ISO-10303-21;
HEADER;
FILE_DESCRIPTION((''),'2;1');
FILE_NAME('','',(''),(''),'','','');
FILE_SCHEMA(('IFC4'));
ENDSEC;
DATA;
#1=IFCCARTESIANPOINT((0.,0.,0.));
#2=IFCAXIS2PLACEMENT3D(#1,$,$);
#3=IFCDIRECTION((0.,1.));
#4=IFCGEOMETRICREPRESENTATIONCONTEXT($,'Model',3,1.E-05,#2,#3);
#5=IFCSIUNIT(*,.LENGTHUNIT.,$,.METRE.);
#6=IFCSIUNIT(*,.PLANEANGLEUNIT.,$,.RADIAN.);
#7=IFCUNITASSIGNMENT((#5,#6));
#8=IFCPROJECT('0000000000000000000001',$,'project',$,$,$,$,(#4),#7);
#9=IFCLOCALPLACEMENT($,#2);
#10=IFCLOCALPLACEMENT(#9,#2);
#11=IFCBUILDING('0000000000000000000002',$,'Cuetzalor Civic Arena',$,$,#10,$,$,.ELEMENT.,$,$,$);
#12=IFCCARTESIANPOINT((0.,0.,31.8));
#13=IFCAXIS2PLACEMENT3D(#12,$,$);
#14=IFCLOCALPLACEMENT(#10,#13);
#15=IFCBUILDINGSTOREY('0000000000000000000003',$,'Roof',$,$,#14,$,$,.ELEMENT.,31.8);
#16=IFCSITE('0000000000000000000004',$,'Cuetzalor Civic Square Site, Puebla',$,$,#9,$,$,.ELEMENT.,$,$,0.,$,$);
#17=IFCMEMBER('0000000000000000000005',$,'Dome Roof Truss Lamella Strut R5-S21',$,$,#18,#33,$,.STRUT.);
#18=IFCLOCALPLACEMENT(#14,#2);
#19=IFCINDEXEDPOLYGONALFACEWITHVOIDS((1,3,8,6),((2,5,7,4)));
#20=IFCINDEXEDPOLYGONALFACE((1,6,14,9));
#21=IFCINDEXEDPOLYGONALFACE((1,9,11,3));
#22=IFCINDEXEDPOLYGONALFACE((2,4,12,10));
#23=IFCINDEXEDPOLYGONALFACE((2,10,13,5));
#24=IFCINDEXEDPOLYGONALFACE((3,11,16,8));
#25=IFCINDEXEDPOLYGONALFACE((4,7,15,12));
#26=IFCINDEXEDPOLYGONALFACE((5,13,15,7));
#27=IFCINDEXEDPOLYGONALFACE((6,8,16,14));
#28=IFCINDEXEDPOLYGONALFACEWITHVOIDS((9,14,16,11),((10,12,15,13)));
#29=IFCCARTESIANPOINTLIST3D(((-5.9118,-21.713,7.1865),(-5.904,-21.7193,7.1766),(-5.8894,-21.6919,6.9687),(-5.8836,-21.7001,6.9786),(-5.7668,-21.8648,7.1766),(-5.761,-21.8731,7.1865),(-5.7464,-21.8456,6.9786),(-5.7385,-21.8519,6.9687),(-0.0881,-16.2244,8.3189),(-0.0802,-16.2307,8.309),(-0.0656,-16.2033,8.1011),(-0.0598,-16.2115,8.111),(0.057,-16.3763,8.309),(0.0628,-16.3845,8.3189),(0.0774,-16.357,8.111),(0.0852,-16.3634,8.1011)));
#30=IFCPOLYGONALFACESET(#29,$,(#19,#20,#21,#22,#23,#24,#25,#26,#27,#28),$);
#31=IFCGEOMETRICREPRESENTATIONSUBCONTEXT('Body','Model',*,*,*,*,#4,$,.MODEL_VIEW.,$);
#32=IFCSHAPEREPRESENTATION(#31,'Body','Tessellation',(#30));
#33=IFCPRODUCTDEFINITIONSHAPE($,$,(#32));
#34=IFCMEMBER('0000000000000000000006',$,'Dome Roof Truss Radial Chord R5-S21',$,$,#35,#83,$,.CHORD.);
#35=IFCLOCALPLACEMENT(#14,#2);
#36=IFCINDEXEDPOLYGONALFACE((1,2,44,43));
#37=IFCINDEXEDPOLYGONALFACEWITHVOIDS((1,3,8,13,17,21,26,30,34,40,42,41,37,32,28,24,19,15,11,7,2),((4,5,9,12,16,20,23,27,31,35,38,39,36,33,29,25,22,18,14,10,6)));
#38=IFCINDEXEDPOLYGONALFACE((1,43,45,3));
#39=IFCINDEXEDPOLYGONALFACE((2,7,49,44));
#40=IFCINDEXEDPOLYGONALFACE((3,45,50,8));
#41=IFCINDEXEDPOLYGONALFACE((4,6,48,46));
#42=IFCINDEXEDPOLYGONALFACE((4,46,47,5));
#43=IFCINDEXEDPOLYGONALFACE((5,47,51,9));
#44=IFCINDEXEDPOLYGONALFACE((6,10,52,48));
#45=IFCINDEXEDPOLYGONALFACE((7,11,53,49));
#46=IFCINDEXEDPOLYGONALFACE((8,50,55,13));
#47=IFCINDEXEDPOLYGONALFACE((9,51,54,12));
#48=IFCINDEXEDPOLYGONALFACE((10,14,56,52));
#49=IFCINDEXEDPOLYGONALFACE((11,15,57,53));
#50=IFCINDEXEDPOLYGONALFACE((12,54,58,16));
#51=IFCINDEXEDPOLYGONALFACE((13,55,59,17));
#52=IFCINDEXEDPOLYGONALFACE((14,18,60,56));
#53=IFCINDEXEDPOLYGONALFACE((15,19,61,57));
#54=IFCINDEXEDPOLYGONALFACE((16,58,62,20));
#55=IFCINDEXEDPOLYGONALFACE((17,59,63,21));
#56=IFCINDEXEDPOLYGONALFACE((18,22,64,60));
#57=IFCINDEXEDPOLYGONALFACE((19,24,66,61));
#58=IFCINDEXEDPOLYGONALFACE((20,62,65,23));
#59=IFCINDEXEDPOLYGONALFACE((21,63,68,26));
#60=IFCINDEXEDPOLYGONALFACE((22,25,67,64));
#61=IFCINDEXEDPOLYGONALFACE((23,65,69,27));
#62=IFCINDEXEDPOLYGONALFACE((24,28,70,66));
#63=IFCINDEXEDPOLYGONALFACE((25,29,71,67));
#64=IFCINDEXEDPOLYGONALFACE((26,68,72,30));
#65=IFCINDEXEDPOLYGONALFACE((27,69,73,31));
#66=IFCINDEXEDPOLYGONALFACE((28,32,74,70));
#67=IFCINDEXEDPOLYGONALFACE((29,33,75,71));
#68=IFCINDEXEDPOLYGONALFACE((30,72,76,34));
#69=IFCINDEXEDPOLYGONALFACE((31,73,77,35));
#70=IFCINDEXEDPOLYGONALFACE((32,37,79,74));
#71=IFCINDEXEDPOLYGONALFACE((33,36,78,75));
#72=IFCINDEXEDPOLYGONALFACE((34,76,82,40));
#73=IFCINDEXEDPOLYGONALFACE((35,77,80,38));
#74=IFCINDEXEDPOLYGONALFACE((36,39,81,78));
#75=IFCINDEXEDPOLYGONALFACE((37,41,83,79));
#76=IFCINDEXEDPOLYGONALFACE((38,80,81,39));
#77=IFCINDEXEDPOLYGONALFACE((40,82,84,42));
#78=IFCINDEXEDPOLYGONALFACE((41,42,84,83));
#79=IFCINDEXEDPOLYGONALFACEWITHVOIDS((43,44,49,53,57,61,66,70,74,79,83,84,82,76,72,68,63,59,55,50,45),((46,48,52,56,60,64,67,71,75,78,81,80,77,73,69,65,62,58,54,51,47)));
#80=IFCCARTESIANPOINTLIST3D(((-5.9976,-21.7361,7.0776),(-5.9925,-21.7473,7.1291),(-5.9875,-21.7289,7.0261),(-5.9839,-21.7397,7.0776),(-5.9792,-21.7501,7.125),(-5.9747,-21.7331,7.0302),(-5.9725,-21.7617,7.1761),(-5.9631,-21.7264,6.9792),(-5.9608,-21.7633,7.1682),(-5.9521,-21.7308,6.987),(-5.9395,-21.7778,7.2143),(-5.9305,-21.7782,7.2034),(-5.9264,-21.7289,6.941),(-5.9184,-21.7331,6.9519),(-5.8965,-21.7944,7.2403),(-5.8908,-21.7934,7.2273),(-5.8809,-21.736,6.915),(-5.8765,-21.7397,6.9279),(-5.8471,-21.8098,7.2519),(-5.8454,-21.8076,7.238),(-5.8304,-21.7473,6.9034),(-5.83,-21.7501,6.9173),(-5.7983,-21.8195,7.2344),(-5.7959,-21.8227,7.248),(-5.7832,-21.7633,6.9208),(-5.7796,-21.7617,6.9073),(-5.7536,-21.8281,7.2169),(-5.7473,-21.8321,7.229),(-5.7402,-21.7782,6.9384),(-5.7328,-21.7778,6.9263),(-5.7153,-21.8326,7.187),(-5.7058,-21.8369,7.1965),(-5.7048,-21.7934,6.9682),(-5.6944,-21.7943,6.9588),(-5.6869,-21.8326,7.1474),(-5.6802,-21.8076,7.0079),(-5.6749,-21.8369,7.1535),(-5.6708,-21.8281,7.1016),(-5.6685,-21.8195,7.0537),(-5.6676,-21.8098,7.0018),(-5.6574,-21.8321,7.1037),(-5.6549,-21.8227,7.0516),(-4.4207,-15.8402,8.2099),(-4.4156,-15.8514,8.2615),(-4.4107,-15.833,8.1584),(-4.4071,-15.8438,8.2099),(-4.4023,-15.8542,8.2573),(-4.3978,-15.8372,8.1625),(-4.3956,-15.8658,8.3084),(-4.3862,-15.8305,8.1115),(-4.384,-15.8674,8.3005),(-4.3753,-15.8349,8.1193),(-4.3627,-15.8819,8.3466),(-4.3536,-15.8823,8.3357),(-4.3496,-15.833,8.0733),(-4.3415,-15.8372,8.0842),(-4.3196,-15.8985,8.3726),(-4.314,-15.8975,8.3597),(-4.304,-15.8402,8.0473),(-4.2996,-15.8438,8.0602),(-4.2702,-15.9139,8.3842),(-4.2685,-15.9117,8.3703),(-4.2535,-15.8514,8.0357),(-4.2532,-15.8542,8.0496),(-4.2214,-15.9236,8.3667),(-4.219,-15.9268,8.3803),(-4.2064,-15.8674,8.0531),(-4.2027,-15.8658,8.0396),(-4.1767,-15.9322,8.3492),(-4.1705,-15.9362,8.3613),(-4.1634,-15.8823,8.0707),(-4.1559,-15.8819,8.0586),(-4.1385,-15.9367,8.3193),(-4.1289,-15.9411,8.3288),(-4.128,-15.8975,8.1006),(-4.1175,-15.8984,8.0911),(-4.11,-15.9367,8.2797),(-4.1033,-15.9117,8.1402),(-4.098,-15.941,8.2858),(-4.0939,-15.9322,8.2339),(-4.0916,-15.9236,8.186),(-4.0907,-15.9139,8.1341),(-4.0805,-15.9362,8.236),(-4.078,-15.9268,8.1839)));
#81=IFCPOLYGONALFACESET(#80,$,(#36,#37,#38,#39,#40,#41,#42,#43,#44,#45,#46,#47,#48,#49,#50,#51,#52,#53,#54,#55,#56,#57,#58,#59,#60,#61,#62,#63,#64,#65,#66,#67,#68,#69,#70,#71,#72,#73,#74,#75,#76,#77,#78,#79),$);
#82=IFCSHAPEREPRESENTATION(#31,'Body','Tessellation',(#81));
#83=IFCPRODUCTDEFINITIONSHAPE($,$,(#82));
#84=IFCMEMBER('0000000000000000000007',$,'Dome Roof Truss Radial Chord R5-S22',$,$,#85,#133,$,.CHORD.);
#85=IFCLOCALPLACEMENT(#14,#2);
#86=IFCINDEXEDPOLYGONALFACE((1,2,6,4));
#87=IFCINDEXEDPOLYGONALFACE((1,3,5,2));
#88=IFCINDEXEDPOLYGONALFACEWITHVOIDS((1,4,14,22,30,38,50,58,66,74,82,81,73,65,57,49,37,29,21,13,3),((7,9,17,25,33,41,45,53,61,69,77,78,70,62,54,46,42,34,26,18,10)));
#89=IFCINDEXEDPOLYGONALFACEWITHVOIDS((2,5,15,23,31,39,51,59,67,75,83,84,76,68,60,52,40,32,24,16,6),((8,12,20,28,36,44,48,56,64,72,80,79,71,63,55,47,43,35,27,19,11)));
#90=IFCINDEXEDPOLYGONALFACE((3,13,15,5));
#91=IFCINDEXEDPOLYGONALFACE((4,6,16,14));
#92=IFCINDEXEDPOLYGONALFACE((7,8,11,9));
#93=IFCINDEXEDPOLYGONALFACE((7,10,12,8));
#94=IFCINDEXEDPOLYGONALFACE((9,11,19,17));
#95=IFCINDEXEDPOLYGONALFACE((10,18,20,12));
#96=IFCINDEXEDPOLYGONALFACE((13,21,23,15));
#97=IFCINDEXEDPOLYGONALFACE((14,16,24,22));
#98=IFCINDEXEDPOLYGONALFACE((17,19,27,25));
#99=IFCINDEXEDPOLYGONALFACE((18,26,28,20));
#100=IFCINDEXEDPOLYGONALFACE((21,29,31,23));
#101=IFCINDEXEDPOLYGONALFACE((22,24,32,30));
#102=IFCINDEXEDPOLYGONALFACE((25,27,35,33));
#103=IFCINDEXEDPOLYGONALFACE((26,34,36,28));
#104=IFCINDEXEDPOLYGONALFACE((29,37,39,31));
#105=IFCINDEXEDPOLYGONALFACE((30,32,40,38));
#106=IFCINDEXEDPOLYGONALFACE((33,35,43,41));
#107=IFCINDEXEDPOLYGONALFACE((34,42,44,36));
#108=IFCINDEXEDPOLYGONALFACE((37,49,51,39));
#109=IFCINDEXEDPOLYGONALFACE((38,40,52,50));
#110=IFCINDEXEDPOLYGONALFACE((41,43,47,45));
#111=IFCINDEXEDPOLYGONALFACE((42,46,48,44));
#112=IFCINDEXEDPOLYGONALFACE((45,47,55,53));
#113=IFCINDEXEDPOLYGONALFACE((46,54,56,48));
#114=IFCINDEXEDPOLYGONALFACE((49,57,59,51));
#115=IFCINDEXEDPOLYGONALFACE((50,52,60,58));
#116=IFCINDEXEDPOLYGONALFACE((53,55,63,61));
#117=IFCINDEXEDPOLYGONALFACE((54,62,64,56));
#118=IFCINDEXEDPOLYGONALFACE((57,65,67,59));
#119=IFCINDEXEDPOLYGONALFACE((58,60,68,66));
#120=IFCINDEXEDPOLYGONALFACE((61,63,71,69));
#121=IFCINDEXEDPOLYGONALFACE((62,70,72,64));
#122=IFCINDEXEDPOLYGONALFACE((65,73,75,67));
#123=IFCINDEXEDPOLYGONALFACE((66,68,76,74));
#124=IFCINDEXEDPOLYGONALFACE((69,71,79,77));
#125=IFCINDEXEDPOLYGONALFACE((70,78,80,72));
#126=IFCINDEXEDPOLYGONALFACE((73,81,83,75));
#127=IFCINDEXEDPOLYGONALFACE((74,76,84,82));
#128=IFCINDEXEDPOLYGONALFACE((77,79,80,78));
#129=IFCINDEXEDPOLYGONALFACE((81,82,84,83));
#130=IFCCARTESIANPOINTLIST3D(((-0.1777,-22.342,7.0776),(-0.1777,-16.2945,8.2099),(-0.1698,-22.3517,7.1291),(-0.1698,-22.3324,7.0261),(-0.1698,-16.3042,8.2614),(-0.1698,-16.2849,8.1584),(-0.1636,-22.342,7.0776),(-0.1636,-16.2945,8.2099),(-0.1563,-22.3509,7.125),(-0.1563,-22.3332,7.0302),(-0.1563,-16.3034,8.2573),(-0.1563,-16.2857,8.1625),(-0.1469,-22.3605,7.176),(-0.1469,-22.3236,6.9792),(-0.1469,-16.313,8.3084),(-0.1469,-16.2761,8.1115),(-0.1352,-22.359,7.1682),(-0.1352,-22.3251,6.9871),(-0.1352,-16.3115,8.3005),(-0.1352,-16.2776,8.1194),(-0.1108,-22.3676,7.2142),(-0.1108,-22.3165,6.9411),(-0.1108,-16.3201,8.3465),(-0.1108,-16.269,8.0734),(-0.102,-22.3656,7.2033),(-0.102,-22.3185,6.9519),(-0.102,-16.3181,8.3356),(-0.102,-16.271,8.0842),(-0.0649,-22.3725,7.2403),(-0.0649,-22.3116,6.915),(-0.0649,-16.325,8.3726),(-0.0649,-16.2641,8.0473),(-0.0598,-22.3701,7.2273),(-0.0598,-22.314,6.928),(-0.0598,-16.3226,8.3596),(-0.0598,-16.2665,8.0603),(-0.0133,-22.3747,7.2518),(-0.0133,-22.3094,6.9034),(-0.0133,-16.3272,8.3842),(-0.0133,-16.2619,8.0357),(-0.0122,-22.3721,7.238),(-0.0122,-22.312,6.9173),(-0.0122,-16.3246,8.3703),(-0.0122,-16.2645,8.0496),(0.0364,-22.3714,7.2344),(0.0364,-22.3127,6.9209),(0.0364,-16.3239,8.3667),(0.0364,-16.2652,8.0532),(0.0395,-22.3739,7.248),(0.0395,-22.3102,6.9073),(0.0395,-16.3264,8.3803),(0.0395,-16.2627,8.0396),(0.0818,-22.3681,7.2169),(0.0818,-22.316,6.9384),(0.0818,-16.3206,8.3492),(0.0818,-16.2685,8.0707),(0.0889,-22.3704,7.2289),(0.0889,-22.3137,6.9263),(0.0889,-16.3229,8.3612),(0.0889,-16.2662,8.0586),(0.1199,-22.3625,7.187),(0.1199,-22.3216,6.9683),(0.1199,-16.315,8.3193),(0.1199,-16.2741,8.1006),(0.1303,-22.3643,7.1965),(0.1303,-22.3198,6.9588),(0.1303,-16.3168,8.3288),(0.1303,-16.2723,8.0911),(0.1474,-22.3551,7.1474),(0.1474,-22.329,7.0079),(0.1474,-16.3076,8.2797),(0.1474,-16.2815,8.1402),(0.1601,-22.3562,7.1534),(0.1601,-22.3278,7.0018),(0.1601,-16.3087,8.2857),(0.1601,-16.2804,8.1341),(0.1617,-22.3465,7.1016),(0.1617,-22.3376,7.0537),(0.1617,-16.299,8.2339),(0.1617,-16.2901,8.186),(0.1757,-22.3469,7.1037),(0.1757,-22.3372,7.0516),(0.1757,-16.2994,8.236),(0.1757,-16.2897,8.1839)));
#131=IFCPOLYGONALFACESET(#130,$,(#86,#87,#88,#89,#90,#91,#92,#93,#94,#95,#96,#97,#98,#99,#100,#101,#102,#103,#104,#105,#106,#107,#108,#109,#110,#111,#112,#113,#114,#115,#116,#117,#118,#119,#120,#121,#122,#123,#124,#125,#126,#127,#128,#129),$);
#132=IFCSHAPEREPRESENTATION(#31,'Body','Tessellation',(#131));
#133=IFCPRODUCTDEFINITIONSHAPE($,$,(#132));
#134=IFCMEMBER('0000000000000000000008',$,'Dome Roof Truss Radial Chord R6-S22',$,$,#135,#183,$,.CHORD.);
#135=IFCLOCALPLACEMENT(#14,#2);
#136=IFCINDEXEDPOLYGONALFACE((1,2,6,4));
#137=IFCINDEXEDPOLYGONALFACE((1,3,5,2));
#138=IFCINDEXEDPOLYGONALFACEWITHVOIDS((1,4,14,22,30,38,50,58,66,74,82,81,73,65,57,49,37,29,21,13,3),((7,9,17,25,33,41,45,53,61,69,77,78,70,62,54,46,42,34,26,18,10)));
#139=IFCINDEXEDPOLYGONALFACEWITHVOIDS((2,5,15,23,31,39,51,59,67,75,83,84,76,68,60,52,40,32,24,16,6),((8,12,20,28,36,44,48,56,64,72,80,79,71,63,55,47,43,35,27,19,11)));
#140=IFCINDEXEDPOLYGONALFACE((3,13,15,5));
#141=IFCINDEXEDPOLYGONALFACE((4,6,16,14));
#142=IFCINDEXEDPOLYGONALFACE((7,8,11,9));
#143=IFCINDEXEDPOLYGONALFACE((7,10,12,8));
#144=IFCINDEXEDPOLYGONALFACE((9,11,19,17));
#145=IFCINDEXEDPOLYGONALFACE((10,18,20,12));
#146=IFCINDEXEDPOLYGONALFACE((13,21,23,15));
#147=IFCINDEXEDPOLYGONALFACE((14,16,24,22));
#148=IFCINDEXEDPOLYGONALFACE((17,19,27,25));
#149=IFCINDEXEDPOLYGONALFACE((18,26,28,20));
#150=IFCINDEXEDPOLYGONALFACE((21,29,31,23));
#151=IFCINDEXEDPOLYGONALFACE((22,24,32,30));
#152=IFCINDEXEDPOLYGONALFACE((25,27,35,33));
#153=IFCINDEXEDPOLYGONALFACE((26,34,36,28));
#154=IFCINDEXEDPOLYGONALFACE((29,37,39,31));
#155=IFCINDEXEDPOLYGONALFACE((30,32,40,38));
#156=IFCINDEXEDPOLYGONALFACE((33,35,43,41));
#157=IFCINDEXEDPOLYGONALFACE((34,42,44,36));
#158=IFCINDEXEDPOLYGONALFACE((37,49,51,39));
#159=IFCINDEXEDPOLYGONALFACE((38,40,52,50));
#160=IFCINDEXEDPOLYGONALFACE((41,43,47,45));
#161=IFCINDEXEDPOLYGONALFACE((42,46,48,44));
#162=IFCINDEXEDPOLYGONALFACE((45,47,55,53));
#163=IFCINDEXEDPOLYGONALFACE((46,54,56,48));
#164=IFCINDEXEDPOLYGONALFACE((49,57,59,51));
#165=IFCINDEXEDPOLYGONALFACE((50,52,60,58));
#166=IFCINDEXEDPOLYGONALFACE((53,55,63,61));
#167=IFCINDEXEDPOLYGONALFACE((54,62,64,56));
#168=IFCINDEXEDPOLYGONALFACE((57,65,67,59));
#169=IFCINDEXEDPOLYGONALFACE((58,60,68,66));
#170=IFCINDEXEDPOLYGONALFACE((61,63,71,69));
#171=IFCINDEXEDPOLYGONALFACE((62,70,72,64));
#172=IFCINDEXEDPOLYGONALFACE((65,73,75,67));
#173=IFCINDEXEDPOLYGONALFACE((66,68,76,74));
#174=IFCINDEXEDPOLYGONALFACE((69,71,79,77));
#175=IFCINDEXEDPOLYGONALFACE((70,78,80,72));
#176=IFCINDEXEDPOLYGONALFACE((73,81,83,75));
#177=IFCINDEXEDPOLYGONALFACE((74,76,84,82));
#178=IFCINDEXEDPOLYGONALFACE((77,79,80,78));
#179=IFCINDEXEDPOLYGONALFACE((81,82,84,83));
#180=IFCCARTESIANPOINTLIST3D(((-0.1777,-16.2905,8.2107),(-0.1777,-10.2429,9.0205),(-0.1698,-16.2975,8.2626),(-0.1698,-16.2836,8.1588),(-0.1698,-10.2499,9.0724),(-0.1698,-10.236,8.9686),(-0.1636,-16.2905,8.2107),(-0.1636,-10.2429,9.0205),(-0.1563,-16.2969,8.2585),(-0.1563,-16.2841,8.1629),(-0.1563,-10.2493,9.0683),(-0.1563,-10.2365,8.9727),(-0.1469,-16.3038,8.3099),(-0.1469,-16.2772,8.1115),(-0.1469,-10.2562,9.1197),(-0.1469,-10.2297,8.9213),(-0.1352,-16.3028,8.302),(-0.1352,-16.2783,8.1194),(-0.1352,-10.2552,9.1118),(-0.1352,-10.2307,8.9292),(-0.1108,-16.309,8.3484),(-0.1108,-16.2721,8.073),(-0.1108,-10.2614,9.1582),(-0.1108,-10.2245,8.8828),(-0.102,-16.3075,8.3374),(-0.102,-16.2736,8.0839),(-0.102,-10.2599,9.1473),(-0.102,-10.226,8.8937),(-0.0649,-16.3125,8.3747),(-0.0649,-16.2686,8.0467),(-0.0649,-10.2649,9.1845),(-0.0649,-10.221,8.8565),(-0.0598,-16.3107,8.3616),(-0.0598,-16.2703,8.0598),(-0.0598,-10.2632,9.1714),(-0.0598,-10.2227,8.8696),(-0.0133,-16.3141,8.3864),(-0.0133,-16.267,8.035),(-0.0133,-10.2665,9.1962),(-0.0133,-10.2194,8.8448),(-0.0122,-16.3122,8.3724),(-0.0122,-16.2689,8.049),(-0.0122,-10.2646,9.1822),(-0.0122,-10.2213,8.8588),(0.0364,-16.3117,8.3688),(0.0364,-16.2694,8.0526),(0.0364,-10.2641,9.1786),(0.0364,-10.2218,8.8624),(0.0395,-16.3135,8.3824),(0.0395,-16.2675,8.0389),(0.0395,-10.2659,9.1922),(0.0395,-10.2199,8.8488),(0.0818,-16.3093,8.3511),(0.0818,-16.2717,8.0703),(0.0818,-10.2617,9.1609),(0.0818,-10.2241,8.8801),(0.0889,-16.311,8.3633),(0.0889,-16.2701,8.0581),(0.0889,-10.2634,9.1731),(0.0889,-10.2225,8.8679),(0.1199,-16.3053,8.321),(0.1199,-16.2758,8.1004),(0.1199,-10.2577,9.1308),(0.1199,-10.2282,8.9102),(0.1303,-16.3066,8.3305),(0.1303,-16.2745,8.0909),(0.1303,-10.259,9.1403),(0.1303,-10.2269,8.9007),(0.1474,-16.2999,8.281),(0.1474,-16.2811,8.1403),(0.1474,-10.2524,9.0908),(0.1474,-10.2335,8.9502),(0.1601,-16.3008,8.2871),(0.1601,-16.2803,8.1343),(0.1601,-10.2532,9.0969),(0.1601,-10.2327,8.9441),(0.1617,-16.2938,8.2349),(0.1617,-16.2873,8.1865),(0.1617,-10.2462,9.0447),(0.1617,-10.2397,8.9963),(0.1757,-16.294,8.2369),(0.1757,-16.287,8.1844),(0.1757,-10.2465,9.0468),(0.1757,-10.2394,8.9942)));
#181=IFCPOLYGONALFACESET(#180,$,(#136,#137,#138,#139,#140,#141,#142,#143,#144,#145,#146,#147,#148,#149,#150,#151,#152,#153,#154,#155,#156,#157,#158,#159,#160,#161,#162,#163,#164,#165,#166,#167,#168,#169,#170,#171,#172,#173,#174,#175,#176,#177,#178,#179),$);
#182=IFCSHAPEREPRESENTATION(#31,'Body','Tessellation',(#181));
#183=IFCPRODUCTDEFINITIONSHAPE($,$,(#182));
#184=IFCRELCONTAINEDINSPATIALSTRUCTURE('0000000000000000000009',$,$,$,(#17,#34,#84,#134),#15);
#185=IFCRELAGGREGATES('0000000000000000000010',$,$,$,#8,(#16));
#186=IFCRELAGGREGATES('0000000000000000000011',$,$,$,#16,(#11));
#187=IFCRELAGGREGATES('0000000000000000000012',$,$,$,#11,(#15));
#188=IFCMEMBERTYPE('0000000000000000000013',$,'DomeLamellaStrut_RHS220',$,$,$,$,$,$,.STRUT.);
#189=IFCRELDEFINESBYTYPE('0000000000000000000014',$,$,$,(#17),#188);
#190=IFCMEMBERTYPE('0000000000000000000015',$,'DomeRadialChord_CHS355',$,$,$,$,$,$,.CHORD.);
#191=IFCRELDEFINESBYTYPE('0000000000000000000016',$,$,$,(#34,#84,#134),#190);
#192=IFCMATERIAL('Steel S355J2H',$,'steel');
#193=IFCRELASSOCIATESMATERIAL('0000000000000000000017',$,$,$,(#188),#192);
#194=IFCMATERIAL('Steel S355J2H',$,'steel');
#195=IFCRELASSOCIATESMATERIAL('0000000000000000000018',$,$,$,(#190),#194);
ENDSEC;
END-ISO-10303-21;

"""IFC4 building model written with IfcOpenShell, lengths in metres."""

from ifc_helpers import new_model, si_unit, direction, frame, origin, origin_2d, place, context, subcontext, project, spatial, hollow_rectangle, hollow_circle, extrude, material, material_profile, profile_set, type_object, element, save


model = new_model("IFC4")

# Units and contexts
model_context = context("Model", 3, precision=1e-05, world=origin(), true_north=direction((0.0, 1.0)))
body_context = subcontext(model_context, "Body", "Model", "MODEL_VIEW")
ifc_project = project(units=[si_unit("LENGTHUNIT", "METRE"), si_unit("PLANEANGLEUNIT", "RADIAN")], contexts=[model_context])

# Site, building, storey
site_placement = place(None, origin())
site = spatial("IfcSite", under=ifc_project, at=site_placement, Name="Cuetzalor Civic Square Site, Puebla", CompositionType="ELEMENT", RefElevation=0.0)
building_placement = place(site_placement, origin())
building = spatial("IfcBuilding", under=site, at=building_placement, Name="Cuetzalor Civic Arena", CompositionType="ELEMENT")
storey_placement = place(building_placement, frame((0.0, 0.0, 31.8)))
storey = spatial("IfcBuildingStorey", under=building, at=storey_placement, Name="Roof", CompositionType="ELEMENT", Elevation=31.8)

# Members
ifc_material_1 = material(Name="Steel S355J2H", Category="steel")
ifc_material_profile_1 = material_profile(ifc_material_1, hollow_rectangle(XDim=0.22, YDim=0.22, WallThickness=0.01, at=origin_2d()), Name="RHS 220x220x10")
ifc_profile_set_1 = profile_set([ifc_material_profile_1], Name="Steel S355J2H")
member_type_1 = type_object("IfcMemberType", Name="DomeLamellaStrut_RHS220", PredefinedType="STRUT", material=ifc_profile_set_1)
member_1_placement = place(storey_placement, frame((-5.8252, -21.7825, 7.0776), z_axis=(0.720563, 0.679088, 0.140101), x_axis=(-0.685853, 0.72774, 0.0)))
element("IfcMember", 1, at=member_1_placement, inside=storey, type_object=member_type_1, Name="Dome Roof Truss Lamella Strut R5-S21", PredefinedType="STRUT", context=body_context, shape_type="SweptSolid", body=[
    extrude(hollow_rectangle(XDim=0.22, YDim=0.22, WallThickness=0.01, at=origin_2d()), origin(), (0.0, 0.0, 1.0), 8.0823),
])
ifc_material_2 = material(Name="Steel S355J2H", Category="steel")
ifc_material_profile_2 = material_profile(ifc_material_2, hollow_circle(Radius=0.1777, WallThickness=0.0142, at=origin_2d()), Name="CHS 355.6x14.2")
ifc_profile_set_2 = profile_set([ifc_material_profile_2], Name="Steel S355J2H")
member_type_2 = type_object("IfcMemberType", Name="DomeRadialChord_CHS355", PredefinedType="CHORD", material=ifc_profile_set_2)
member_2_placement = place(storey_placement, frame((-5.8259, -21.782, 7.0776), z_axis=(0.254037, 0.949837, 0.182416), x_axis=(-0.966045, 0.258372, 0.0)))
element("IfcMember", 2, at=member_2_placement, inside=storey, type_object=member_type_2, Name="Dome Roof Truss Radial Chord R5-S21", PredefinedType="CHORD", context=body_context, shape_type="SweptSolid", body=[
    extrude(hollow_circle(Radius=0.1777, WallThickness=0.0142, at=origin_2d()), origin(), (0.0, 0.0, 1.0), 6.2073),
])
member_3_placement = place(storey_placement, frame((0.0, -22.342, 7.0776), z_axis=(0.0, 0.982919, 0.184037), x_axis=(-1.0, 0.0, 0.0)))
element("IfcMember", 3, at=member_3_placement, inside=storey, type_object=member_type_2, Name="Dome Roof Truss Radial Chord R5-S22", PredefinedType="CHORD", context=body_context, shape_type="SweptSolid", body=[
    extrude(hollow_circle(Radius=0.1777, WallThickness=0.0142, at=origin_2d()), origin(), (0.0, 0.0, 1.0), 6.1526),
])
member_4_placement = place(storey_placement, frame((0.0, -16.2905, 8.2107), z_axis=(0.0, 0.991153, 0.132722), x_axis=(-1.0, 0.0, 0.0)))
element("IfcMember", 4, at=member_4_placement, inside=storey, type_object=member_type_2, Name="Dome Roof Truss Radial Chord R6-S22", PredefinedType="CHORD", context=body_context, shape_type="SweptSolid", body=[
    extrude(hollow_circle(Radius=0.1777, WallThickness=0.0142, at=origin_2d()), origin(), (0.0, 0.0, 1.0), 6.1016),
])

save(model, "model.ifc")
